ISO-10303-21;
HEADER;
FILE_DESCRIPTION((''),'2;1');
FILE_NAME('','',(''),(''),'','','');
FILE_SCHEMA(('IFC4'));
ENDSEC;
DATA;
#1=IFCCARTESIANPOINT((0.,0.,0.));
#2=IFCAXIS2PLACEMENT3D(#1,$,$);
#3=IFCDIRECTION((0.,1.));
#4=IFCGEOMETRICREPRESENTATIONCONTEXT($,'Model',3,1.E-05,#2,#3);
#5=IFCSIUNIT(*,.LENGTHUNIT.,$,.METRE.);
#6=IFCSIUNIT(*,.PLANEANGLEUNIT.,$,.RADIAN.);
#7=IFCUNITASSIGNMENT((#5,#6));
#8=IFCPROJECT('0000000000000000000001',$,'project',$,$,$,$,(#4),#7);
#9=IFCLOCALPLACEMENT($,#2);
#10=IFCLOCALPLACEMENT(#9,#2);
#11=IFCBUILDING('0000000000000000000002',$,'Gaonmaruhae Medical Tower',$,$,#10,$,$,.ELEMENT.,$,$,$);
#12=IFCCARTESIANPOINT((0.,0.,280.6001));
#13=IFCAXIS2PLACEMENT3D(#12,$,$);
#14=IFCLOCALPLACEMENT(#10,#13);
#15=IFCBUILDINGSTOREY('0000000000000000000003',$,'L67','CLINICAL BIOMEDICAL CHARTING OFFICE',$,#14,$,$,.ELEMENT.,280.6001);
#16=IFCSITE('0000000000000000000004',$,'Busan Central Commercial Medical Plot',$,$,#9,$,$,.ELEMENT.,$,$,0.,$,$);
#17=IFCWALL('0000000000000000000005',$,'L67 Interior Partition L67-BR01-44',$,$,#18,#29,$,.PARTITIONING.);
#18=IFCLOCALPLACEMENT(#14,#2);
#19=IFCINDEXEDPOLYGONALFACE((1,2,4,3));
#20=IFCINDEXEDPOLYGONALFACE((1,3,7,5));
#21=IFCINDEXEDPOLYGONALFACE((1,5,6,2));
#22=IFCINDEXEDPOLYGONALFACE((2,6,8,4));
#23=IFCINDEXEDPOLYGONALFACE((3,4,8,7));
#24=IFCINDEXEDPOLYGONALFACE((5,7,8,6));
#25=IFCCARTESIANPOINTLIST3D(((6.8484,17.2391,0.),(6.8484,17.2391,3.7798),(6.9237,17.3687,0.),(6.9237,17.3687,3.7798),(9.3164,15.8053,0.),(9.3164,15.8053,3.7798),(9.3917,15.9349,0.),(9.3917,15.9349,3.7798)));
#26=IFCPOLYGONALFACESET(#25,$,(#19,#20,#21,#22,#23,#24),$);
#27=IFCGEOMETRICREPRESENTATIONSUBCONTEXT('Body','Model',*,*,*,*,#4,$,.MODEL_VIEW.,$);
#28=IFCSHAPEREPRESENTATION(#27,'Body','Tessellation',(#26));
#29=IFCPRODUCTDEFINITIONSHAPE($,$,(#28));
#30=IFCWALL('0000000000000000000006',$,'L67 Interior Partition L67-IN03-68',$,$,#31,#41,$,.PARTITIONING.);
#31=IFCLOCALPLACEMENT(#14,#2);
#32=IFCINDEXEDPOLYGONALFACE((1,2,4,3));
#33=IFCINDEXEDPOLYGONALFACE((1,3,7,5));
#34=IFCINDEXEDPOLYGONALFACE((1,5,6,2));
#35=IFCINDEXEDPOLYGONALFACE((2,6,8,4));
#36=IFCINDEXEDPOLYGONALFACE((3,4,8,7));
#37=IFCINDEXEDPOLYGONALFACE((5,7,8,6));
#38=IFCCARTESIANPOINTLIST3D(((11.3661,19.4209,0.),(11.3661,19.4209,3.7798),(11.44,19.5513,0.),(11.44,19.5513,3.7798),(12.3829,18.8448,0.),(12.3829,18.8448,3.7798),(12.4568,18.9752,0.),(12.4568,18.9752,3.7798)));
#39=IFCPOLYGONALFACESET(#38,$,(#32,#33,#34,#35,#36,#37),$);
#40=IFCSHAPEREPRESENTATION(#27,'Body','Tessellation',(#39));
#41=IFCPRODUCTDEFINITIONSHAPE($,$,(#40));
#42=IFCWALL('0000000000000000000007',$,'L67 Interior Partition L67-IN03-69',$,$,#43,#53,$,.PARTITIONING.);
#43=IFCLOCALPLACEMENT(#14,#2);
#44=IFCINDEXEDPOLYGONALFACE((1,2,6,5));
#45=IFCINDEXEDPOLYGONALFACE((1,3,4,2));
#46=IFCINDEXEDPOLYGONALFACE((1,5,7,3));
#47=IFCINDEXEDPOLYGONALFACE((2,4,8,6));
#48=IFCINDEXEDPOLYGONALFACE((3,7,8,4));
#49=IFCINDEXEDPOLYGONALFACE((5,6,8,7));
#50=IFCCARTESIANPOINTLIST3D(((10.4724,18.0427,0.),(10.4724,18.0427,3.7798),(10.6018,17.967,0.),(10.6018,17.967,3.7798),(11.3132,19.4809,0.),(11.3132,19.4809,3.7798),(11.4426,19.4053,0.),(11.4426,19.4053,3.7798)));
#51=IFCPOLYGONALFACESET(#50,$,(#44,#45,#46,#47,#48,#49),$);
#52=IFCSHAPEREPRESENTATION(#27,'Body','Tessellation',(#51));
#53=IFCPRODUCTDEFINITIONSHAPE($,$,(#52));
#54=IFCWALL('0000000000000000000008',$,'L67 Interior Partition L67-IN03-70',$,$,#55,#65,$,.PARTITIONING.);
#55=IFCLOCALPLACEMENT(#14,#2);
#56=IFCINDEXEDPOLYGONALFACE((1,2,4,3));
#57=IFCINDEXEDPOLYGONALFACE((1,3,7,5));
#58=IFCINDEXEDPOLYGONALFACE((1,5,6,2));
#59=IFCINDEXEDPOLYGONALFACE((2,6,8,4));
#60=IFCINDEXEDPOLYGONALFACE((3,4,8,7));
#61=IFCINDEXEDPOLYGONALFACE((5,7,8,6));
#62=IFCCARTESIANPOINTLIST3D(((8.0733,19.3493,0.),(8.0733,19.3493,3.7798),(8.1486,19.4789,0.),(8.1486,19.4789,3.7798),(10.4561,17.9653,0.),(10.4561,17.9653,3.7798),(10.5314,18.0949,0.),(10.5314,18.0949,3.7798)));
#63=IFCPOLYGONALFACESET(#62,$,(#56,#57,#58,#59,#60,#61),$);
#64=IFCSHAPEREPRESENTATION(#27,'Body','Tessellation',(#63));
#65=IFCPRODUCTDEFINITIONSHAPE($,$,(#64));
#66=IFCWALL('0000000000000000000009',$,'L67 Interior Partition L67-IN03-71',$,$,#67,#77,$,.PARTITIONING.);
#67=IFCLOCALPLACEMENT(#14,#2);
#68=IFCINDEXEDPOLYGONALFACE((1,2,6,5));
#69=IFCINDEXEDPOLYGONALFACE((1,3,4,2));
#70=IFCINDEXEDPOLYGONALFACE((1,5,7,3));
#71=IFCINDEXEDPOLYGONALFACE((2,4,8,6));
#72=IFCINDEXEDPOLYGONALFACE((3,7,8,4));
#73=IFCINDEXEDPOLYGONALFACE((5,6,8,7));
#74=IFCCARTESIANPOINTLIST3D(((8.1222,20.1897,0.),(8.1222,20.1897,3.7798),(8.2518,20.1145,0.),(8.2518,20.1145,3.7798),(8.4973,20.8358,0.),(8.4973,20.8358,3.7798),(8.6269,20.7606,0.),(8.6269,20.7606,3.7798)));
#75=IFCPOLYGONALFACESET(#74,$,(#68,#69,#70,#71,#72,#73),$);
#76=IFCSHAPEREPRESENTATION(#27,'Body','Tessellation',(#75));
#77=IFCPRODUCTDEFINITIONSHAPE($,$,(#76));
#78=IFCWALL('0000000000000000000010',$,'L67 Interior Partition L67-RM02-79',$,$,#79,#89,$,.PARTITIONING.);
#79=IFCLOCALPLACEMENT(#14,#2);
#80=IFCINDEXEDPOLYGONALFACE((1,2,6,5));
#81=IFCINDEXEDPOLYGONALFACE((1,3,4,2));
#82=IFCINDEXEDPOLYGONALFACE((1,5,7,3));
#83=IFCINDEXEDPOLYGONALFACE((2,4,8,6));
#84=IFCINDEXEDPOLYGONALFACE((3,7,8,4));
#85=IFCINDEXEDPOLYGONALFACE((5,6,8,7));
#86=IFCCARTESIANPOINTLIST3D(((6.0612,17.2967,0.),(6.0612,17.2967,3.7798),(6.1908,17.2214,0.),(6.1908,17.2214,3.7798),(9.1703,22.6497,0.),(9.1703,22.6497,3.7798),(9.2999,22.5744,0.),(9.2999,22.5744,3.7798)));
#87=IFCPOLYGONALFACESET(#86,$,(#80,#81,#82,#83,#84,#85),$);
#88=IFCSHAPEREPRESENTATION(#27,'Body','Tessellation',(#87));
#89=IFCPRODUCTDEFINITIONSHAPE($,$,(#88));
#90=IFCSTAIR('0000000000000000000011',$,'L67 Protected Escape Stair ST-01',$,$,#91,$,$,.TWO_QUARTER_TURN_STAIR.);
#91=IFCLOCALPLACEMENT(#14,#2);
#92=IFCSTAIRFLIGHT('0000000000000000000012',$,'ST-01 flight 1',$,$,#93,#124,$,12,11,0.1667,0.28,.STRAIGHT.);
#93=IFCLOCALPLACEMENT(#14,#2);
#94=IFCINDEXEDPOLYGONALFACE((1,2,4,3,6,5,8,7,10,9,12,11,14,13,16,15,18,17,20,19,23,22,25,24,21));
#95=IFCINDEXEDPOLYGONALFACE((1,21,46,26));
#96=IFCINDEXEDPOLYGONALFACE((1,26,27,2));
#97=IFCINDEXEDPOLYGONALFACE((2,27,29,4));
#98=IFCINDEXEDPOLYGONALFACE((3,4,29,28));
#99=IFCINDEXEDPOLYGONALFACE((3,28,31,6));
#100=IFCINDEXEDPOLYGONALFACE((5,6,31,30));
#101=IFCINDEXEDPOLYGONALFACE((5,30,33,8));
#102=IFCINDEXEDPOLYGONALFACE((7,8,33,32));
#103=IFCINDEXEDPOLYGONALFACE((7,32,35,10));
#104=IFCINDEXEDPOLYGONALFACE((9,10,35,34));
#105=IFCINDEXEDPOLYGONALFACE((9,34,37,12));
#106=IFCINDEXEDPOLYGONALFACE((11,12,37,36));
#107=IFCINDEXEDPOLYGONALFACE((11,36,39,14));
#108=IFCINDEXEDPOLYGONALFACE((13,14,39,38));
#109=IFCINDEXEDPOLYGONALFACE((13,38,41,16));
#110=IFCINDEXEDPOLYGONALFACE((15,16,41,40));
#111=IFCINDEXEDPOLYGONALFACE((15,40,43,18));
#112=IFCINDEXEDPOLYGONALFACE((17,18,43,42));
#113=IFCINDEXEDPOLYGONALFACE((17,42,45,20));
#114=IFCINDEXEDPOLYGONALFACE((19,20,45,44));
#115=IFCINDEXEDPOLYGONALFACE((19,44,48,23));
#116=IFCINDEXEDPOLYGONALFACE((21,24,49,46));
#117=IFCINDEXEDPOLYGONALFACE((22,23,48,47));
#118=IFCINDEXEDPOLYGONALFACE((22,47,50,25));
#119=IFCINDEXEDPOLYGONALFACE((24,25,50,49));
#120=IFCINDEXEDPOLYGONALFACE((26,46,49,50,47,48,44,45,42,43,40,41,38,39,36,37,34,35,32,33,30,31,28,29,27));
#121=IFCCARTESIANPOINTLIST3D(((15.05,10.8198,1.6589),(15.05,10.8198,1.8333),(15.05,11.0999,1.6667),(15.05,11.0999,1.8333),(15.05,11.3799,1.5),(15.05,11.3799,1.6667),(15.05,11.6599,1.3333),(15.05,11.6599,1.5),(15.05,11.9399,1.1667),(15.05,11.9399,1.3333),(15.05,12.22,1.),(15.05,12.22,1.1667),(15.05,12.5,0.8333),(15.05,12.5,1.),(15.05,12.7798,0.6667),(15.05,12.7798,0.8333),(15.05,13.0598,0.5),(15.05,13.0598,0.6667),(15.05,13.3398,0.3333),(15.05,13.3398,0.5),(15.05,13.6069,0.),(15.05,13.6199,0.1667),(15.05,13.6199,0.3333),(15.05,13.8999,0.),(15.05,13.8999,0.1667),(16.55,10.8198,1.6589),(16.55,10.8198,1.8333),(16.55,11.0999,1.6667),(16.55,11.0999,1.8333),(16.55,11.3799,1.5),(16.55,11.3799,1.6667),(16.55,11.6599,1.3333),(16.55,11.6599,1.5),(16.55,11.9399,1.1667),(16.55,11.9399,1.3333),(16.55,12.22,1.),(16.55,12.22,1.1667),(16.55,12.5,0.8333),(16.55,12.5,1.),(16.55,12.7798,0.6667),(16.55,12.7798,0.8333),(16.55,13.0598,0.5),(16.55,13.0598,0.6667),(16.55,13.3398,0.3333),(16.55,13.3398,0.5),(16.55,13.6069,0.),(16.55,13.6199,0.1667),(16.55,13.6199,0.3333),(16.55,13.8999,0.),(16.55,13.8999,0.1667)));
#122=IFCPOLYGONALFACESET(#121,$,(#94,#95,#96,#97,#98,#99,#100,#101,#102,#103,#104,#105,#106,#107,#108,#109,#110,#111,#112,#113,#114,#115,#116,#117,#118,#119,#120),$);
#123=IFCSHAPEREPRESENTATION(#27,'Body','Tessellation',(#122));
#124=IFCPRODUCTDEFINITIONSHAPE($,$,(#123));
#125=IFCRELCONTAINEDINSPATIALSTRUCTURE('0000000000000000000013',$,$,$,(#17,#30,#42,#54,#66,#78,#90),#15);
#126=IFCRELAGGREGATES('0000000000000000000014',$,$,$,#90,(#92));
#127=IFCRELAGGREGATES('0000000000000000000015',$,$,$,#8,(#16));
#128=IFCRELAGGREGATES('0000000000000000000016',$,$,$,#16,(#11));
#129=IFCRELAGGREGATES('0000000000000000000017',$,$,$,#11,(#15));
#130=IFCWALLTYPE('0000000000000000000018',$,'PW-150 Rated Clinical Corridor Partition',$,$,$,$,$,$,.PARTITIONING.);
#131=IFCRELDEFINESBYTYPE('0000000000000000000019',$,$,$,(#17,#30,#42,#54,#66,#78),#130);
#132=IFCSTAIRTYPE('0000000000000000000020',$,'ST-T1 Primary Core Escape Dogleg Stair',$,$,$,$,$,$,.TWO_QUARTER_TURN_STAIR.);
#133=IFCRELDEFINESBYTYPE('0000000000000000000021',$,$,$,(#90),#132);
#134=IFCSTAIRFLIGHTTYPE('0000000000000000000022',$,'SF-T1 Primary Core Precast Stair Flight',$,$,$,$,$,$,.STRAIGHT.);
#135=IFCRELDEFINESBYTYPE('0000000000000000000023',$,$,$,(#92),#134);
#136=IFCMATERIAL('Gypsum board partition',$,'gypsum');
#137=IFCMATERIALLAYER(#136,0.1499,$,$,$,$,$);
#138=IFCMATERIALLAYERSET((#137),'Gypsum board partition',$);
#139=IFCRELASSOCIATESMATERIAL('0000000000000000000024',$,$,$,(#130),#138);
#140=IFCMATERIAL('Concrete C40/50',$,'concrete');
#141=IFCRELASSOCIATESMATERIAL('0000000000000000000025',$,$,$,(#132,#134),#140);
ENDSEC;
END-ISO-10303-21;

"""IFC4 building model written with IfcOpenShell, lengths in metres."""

from ifc_helpers import new_model, si_unit, direction, frame, frame_2d, origin, place, context, subcontext, project, spatial, polyline, rectangle, outline, extrude, material, layer, layer_set, type_object, element, aggregate, save


model = new_model("IFC4")

# Units and contexts
model_context = context("Model", 3, precision=1e-05, world=origin(), true_north=direction((0.0, 1.0)))
body_context = subcontext(model_context, "Body", "Model", "MODEL_VIEW")
ifc_project = project(units=[si_unit("LENGTHUNIT", "METRE"), si_unit("PLANEANGLEUNIT", "RADIAN")], contexts=[model_context])

# Site, building, storey
site_placement = place(None, origin())
site = spatial("IfcSite", under=ifc_project, at=site_placement, Name="Busan Central Commercial Medical Plot", CompositionType="ELEMENT", RefElevation=0.0)
building_placement = place(site_placement, origin())
building = spatial("IfcBuilding", under=site, at=building_placement, Name="Gaonmaruhae Medical Tower", CompositionType="ELEMENT")
storey_placement = place(building_placement, frame((0.0, 0.0, 280.6001)))
storey = spatial("IfcBuildingStorey", under=building, at=storey_placement, Name="L67", Description="CLINICAL BIOMEDICAL CHARTING OFFICE", CompositionType="ELEMENT", Elevation=280.6001)

# Shared definitions
ifc_material_1 = material(Name="Gypsum board partition", Category="gypsum")

# Shared definitions
ifc_layer_1 = layer(ifc_material_1, 0.1499)
ifc_layer_set_1 = layer_set([ifc_layer_1], Name="Gypsum board partition")
wall_type_1 = type_object("IfcWallType", Name="PW-150 Rated Clinical Corridor Partition", PredefinedType="PARTITIONING", material=ifc_layer_set_1)

# Walls
wall_1_placement = place(storey_placement, frame((6.886, 17.304, 0.0), z_axis=(0.0, 0.0, 1.0), x_axis=(0.864668, -0.502344, 0.0)))
element("IfcWall", 1, at=wall_1_placement, inside=storey, type_object=wall_type_1, Name="L67 Interior Partition L67-BR01-44", PredefinedType="PARTITIONING", context=body_context, shape_type="SweptSolid", body=[
    extrude(rectangle(XDim=2.8542, YDim=0.1499, at=frame_2d((1.4272, 0.0))), origin(), (0.0, 0.0, 1.0), 3.7798),
])
wall_2_placement = place(storey_placement, frame((12.4199, 18.9099, 0.0), z_axis=(0.0, 0.0, 1.0), x_axis=(-0.870037, 0.492986, 0.0)))
element("IfcWall", 2, at=wall_2_placement, inside=storey, type_object=wall_type_1, Name="L67 Interior Partition L67-IN03-68", PredefinedType="PARTITIONING", context=body_context, shape_type="SweptSolid", body=[
    extrude(rectangle(XDim=1.1687, YDim=0.1499, at=frame_2d((0.5845, 0.0))), origin(), (0.0, 0.0, 1.0), 3.7798),
])
wall_3_placement = place(storey_placement, frame((11.3779, 19.4431, 0.0), z_axis=(0.0, 0.0, 1.0), x_axis=(-0.5047, -0.863295, 0.0)))
element("IfcWall", 3, at=wall_3_placement, inside=storey, type_object=wall_type_1, Name="L67 Interior Partition L67-IN03-69", PredefinedType="PARTITIONING", context=body_context, shape_type="SweptSolid", body=[
    extrude(rectangle(XDim=1.666, YDim=0.1499, at=frame_2d((0.833, 0.0))), origin(), (0.0, 0.0, 1.0), 3.7798),
])
wall_4_placement = place(storey_placement, frame((10.4939, 18.03, 0.0), z_axis=(0.0, 0.0, 1.0), x_axis=(-0.864716, 0.502262, 0.0)))
element("IfcWall", 4, at=wall_4_placement, inside=storey, type_object=wall_type_1, Name="L67 Interior Partition L67-IN03-70", PredefinedType="PARTITIONING", context=body_context, shape_type="SweptSolid", body=[
    extrude(rectangle(XDim=2.7556, YDim=0.1499, at=frame_2d((1.3779, 0.0))), origin(), (0.0, 0.0, 1.0), 3.7798),
])
wall_5_placement = place(storey_placement, frame((8.187, 20.1521, 0.0), z_axis=(0.0, 0.0, 1.0), x_axis=(0.502041, 0.864844, 0.0)))
element("IfcWall", 5, at=wall_5_placement, inside=storey, type_object=wall_type_1, Name="L67 Interior Partition L67-IN03-71", PredefinedType="PARTITIONING", context=body_context, shape_type="SweptSolid", body=[
    extrude(rectangle(XDim=0.7471, YDim=0.1499, at=frame_2d((0.3735, 0.0))), origin(), (0.0, 0.0, 1.0), 3.7798),
])

# Wall
wall_6_placement = place(storey_placement, frame((6.126, 17.259, 0.0), z_axis=(0.0, 0.0, 1.0), x_axis=(0.502247, 0.864724, 0.0)))
element("IfcWall", 6, at=wall_6_placement, inside=storey, type_object=wall_type_1, Name="L67 Interior Partition L67-RM02-79", PredefinedType="PARTITIONING", context=body_context, shape_type="SweptSolid", body=[
    extrude(rectangle(XDim=6.1904, YDim=0.1499, at=frame_2d((3.0952, 0.0))), origin(), (0.0, 0.0, 1.0), 3.7798),
])

# Stair, stair flight
ifc_material_2 = material(Name="Concrete C40/50", Category="concrete")
stair_type = type_object("IfcStairType", Name="ST-T1 Primary Core Escape Dogleg Stair", PredefinedType="TWO_QUARTER_TURN_STAIR", material=ifc_material_2)
stair_placement = place(storey_placement, origin())
stair = element("IfcStair", 7, at=stair_placement, inside=storey, type_object=stair_type, Name="L67 Protected Escape Stair ST-01", PredefinedType="TWO_QUARTER_TURN_STAIR")
stair_flight_type = type_object("IfcStairFlightType", Name="SF-T1 Primary Core Precast Stair Flight", PredefinedType="STRAIGHT", material=ifc_material_2)
stair_flight_placement = place(storey_placement, frame((15.8, 13.8999, 0.0), z_axis=(0.0, 0.0, 1.0), x_axis=(0.0, -1.0, 0.0)))
stair_flight = element("IfcStairFlight", 8, at=stair_flight_placement, type_object=stair_flight_type, Name="ST-01 flight 1", NumberOfRisers=12, NumberOfTreads=11, PredefinedType="STRAIGHT", RiserHeight=0.1667, TreadLength=0.28, context=body_context, shape_type="SweptSolid", body=[
    extrude(outline(polyline([(0.0, 0.0), (0.0, 0.1667), (0.28, 0.1667), (0.28, 0.3333), (0.5601, 0.3333), (0.5601, 0.5), (0.8401, 0.5), (0.8401, 0.6667), (1.1201, 0.6667), (1.1201, 0.8333), (1.3999, 0.8333), (1.3999, 1.0), (1.6799, 1.0), (1.6799, 1.1667), (1.96, 1.1667), (1.96, 1.3333), (2.24, 1.3333), (2.24, 1.5), (2.52, 1.5), (2.52, 1.6667), (2.8, 1.6667), (2.8, 1.8333), (3.0801, 1.8333), (3.0801, 2.0), (3.0801, 1.6589), (0.293, 0.0), (0.0, 0.0)])), frame((0.0, 0.75, 0.0), z_axis=(0.0, -1.0, 0.0), x_axis=(1.0, 0.0, 0.0)), (0.0, 0.0, 1.0), 1.5),
])
aggregate(stair, [stair_flight])

save(model, "model.ifc")
